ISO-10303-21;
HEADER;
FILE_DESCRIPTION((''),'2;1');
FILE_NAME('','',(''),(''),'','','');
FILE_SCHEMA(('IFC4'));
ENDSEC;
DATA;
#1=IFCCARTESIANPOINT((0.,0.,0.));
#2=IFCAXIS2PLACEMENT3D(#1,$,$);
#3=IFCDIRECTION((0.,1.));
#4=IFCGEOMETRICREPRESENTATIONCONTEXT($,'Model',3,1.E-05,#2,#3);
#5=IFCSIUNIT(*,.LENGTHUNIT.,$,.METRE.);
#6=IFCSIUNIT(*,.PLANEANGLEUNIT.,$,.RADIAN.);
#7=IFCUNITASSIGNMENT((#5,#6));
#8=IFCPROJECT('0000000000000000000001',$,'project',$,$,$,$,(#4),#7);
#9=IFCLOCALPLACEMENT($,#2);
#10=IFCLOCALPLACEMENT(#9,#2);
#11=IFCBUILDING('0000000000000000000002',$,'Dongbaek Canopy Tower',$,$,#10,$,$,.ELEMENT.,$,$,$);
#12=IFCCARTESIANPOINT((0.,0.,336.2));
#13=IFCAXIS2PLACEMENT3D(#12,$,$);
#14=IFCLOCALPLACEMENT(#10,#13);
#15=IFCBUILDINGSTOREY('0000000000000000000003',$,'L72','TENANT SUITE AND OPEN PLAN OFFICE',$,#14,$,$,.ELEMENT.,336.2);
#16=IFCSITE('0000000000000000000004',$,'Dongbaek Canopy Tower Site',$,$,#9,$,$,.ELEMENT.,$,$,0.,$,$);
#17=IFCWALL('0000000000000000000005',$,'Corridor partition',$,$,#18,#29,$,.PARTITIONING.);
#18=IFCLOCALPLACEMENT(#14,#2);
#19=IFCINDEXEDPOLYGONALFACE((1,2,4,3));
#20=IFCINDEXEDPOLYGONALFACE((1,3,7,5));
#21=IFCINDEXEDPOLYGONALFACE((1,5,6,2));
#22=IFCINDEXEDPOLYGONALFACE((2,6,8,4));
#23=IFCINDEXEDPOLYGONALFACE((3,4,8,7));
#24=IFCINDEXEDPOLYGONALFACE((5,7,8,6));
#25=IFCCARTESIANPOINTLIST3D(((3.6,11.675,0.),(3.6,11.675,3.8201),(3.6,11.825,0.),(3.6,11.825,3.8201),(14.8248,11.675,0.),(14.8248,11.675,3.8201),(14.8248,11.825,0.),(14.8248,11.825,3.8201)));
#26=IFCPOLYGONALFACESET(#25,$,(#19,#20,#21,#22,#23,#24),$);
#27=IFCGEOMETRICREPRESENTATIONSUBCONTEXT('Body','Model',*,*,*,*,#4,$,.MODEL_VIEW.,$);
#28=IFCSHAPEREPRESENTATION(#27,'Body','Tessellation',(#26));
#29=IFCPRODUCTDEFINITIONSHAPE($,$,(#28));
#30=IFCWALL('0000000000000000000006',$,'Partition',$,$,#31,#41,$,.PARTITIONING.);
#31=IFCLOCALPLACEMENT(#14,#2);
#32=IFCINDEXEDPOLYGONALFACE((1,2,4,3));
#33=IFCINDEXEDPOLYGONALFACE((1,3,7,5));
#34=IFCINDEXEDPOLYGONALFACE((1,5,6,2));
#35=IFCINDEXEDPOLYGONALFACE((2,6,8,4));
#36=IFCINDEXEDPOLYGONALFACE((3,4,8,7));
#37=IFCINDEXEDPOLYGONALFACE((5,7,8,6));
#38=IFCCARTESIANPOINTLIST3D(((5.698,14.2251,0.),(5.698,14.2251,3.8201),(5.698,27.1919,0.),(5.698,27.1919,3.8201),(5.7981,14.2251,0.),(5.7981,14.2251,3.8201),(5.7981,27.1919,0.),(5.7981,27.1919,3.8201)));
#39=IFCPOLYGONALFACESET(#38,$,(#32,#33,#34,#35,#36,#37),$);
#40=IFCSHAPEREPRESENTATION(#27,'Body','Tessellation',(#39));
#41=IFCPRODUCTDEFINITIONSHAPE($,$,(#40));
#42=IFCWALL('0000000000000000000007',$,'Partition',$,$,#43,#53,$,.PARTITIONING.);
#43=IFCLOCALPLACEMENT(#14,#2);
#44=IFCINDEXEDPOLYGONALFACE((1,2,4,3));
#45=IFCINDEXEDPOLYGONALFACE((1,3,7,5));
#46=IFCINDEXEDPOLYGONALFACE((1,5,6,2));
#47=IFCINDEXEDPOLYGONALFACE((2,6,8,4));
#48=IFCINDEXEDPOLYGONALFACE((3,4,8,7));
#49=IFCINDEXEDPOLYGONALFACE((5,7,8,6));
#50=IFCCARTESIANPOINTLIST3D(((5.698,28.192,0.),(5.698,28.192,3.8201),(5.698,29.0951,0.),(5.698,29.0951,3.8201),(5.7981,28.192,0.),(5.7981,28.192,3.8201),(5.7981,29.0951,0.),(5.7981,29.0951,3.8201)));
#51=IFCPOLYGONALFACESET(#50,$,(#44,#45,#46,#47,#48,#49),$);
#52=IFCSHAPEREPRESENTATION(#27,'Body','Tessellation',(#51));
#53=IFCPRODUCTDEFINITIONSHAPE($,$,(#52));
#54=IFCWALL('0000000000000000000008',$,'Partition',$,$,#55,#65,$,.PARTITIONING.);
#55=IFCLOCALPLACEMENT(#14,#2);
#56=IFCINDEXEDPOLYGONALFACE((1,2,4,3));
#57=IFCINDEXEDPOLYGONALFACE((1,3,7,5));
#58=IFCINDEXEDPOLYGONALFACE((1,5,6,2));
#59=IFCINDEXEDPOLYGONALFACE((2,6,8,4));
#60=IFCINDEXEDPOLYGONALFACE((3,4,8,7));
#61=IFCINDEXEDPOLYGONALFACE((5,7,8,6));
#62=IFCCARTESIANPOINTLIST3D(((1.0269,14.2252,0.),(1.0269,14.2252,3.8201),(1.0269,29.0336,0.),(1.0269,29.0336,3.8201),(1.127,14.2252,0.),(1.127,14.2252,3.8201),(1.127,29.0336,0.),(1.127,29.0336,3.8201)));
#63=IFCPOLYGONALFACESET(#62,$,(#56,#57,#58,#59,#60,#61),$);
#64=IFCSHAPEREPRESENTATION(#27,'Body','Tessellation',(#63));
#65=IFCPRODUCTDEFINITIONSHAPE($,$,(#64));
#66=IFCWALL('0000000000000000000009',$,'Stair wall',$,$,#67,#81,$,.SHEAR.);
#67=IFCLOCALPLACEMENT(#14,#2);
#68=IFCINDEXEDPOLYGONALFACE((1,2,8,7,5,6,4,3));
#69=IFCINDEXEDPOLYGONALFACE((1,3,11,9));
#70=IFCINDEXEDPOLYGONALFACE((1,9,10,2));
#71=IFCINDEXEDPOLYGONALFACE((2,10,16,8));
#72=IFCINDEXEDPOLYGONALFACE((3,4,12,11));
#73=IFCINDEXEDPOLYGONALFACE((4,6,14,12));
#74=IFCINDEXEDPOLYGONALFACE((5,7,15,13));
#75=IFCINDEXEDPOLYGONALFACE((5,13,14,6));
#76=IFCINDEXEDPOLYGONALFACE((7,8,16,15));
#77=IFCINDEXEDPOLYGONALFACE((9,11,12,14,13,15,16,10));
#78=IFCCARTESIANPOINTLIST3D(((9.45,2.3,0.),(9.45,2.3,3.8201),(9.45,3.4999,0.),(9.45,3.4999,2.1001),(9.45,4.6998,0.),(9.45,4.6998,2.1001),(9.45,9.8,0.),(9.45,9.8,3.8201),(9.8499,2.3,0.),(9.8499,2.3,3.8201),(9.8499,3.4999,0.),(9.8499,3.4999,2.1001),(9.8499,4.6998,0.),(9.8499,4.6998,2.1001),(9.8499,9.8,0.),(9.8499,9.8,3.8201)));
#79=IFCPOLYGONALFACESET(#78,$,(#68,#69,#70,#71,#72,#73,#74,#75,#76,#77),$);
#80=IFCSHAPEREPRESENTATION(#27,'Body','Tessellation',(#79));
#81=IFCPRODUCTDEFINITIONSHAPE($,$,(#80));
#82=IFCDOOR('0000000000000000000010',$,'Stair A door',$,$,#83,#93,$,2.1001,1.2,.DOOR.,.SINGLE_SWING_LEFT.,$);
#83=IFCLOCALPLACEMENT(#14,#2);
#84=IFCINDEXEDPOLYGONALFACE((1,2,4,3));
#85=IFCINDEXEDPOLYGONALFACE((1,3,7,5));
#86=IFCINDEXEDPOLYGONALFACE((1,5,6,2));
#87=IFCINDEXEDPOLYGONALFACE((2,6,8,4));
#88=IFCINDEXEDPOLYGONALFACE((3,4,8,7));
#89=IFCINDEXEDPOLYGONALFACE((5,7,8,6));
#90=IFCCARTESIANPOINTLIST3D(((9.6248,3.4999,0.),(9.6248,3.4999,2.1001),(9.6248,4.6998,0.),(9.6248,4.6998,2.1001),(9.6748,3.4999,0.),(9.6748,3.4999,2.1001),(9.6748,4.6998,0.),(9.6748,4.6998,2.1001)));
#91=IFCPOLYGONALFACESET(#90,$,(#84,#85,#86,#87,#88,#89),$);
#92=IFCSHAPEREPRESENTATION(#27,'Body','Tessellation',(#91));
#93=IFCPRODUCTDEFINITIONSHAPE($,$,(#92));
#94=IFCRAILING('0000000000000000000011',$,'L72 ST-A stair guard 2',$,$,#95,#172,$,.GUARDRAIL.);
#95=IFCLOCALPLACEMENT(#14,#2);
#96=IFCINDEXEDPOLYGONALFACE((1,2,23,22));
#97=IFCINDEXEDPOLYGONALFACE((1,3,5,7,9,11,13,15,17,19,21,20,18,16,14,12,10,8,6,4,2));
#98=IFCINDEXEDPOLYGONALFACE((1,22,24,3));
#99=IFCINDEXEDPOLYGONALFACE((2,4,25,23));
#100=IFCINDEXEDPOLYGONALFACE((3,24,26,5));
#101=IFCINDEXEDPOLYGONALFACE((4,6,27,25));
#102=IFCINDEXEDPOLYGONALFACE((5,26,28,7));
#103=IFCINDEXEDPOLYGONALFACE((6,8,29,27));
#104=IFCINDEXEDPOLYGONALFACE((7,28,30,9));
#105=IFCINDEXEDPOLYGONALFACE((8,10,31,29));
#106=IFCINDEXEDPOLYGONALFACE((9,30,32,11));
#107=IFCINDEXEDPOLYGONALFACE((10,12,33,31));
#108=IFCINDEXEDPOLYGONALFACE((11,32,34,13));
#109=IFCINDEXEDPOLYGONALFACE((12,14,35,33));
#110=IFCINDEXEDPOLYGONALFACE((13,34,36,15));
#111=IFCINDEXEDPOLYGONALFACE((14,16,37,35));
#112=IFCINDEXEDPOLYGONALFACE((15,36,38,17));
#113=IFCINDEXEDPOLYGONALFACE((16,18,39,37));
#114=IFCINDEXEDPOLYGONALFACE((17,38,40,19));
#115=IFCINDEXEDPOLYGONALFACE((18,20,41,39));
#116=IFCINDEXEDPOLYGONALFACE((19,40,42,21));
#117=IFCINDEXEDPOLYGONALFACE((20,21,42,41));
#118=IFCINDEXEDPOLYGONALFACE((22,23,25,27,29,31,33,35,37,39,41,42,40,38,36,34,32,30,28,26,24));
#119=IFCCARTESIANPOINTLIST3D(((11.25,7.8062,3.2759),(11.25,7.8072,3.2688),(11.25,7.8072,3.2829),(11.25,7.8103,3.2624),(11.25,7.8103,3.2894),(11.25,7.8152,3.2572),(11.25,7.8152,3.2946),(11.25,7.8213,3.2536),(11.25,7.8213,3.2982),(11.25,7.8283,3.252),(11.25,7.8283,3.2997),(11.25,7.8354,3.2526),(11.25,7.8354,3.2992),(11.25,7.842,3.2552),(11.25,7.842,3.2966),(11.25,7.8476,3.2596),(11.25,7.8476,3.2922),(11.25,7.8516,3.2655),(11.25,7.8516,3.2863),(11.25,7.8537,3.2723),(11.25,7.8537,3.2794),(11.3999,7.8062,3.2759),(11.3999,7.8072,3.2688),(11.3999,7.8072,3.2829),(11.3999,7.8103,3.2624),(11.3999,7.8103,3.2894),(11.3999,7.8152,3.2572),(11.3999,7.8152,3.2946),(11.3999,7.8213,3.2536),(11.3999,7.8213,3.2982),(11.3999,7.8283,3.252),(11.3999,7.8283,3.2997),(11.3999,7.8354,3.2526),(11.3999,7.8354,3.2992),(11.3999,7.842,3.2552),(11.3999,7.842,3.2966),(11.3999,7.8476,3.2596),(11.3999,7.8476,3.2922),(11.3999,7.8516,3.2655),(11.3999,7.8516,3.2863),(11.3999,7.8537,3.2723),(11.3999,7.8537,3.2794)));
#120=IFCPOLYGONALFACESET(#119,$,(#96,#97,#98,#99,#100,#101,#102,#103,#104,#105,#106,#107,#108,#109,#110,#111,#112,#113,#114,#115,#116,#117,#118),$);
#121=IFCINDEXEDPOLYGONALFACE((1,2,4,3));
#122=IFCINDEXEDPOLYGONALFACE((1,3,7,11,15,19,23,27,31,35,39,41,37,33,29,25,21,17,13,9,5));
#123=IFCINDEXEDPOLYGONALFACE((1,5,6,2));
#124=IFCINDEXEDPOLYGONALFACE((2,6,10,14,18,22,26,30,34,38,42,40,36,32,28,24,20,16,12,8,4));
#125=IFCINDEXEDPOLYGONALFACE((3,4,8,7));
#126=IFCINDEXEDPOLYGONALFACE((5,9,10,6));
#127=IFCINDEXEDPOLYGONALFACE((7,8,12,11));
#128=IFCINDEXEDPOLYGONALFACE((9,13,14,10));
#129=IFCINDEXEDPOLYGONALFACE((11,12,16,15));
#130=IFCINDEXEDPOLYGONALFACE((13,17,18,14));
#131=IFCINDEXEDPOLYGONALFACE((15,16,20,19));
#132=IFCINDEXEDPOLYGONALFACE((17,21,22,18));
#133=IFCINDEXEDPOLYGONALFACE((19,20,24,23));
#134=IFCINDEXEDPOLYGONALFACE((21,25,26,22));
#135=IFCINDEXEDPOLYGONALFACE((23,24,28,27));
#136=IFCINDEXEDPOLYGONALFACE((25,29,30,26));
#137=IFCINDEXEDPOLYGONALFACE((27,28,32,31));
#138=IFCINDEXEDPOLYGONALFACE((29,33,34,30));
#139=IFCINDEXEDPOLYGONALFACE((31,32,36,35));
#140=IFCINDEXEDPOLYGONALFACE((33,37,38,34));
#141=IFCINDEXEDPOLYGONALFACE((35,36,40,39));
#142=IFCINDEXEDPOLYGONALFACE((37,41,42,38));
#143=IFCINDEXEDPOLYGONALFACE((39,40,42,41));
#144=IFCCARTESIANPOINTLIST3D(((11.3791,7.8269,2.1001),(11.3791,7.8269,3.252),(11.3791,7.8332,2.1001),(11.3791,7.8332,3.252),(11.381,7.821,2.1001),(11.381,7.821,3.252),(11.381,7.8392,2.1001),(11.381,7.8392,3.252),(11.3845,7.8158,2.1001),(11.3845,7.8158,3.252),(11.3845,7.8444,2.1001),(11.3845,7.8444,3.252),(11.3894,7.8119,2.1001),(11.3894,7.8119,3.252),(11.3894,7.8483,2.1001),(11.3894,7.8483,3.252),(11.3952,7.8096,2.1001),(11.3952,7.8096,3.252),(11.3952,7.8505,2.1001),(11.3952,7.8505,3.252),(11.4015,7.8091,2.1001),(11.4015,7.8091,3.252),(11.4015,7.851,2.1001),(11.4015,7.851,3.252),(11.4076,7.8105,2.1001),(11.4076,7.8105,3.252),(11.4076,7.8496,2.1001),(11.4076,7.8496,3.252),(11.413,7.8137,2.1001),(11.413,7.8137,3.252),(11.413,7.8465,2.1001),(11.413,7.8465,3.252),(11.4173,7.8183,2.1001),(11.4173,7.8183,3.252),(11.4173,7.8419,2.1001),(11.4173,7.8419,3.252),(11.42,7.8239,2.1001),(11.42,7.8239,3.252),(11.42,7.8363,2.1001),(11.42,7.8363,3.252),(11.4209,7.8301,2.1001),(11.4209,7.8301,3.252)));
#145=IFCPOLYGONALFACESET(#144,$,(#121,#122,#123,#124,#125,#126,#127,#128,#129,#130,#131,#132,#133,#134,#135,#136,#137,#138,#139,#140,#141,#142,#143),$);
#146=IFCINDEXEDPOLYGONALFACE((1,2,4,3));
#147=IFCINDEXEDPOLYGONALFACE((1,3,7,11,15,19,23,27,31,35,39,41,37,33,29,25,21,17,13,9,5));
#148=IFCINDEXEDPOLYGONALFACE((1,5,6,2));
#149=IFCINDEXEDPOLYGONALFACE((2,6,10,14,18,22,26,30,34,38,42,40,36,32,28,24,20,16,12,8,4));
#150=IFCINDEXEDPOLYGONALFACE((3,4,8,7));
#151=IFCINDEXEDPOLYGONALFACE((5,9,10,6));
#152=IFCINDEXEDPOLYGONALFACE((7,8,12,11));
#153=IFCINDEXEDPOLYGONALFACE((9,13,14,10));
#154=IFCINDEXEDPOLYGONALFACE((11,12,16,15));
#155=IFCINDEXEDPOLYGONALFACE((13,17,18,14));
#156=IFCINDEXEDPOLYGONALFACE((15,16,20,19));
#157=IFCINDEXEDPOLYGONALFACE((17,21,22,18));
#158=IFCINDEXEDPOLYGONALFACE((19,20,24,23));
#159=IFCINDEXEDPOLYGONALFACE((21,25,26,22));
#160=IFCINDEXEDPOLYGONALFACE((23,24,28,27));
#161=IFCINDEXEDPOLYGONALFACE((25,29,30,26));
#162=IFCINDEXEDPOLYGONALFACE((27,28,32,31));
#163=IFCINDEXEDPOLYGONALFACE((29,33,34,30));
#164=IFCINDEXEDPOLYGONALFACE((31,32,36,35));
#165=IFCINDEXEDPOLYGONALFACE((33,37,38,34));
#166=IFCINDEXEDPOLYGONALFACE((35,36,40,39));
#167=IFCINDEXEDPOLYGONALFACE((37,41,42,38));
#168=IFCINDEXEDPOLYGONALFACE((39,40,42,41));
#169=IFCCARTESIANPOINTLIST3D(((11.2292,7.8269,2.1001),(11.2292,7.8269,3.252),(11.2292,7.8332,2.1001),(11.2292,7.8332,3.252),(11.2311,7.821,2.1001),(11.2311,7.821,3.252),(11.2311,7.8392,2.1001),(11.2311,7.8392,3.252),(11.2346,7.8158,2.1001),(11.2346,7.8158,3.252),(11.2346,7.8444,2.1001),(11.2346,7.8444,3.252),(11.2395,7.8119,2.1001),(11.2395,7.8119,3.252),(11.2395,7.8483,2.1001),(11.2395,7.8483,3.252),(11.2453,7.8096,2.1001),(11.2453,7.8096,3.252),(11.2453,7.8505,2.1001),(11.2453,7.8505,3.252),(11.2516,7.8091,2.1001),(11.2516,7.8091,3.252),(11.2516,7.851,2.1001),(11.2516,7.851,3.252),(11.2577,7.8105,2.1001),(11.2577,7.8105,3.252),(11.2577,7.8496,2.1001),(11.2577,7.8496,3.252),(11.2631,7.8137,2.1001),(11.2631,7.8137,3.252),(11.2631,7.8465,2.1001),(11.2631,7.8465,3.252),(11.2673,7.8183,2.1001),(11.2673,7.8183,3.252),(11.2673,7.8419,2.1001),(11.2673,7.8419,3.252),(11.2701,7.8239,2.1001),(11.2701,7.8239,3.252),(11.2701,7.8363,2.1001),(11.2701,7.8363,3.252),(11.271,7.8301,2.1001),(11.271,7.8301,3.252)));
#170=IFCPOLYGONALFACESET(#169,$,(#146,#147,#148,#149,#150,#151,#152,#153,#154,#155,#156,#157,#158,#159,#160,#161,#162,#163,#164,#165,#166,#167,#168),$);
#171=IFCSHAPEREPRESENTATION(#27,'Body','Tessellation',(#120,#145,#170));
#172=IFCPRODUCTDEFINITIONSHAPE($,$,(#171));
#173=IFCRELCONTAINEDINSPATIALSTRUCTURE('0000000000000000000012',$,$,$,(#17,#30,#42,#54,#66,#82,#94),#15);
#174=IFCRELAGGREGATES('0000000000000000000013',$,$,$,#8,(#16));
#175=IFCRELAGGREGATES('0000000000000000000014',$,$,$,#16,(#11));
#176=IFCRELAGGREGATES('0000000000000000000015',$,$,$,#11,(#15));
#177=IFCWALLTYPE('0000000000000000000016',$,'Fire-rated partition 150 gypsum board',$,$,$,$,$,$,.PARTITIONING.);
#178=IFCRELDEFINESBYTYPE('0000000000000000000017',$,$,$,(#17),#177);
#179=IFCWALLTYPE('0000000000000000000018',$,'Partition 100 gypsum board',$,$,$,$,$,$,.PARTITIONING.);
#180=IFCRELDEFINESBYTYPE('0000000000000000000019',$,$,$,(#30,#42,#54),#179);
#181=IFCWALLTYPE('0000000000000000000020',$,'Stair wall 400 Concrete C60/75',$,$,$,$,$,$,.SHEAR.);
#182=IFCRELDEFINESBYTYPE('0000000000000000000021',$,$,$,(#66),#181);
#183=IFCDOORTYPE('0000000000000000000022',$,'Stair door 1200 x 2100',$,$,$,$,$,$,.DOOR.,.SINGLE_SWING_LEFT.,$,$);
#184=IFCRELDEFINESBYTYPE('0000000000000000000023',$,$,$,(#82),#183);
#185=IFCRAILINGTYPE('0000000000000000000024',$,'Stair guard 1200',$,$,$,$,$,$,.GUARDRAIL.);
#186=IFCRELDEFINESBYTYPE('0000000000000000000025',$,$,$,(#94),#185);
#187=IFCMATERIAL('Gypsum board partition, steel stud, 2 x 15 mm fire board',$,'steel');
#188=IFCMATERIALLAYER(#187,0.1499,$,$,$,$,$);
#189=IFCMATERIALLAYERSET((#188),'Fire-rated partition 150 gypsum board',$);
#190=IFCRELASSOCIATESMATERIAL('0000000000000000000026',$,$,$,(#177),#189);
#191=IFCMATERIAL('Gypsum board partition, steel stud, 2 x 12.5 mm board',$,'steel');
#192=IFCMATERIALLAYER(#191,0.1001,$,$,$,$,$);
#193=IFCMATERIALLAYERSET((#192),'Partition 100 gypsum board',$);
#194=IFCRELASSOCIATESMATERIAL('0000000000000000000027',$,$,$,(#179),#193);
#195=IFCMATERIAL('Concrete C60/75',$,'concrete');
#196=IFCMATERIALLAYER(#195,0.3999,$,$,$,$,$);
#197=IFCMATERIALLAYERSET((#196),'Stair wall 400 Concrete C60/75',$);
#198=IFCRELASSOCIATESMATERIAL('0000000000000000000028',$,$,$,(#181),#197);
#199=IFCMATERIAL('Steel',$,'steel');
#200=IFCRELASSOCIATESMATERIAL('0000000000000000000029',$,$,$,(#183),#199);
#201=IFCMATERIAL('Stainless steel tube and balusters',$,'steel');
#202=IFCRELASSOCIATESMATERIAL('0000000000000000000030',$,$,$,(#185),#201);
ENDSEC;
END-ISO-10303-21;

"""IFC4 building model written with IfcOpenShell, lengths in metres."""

from ifc_helpers import new_model, si_unit, direction, frame, frame_2d, origin, origin_2d, place, context, subcontext, project, spatial, rectangle, circle, extrude, material, layer, layer_set, type_object, element, fill, save


model = new_model("IFC4")

# Units and contexts
model_context = context("Model", 3, precision=1e-05, world=origin(), true_north=direction((0.0, 1.0)))
body_context = subcontext(model_context, "Body", "Model", "MODEL_VIEW")
ifc_project = project(units=[si_unit("LENGTHUNIT", "METRE"), si_unit("PLANEANGLEUNIT", "RADIAN")], contexts=[model_context])

# Site, building, storey
site_placement = place(None, origin())
site = spatial("IfcSite", under=ifc_project, at=site_placement, Name="Dongbaek Canopy Tower Site", CompositionType="ELEMENT", RefElevation=0.0)
building_placement = place(site_placement, origin())
building = spatial("IfcBuilding", under=site, at=building_placement, Name="Dongbaek Canopy Tower", CompositionType="ELEMENT")
storey_placement = place(building_placement, frame((0.0, 0.0, 336.2)))
storey = spatial("IfcBuildingStorey", under=building, at=storey_placement, Name="L72", Description="TENANT SUITE AND OPEN PLAN OFFICE", CompositionType="ELEMENT", Elevation=336.2)

# Walls
ifc_material_1 = material(Name="Gypsum board partition, steel stud, 2 x 15 mm fire board", Category="steel")
ifc_layer_1 = layer(ifc_material_1, 0.1499)
ifc_layer_set_1 = layer_set([ifc_layer_1], Name="Fire-rated partition 150 gypsum board")
wall_type_1 = type_object("IfcWallType", Name="Fire-rated partition 150 gypsum board", PredefinedType="PARTITIONING", material=ifc_layer_set_1)
wall_1_placement = place(storey_placement, frame((3.6001, 11.75, 0.0), z_axis=(0.0, 0.0, 1.0), x_axis=(1.0, 0.0, 0.0)))
element("IfcWall", 1, at=wall_1_placement, inside=storey, type_object=wall_type_1, Name="Corridor partition", PredefinedType="PARTITIONING", context=body_context, shape_type="SweptSolid", body=[
    extrude(rectangle(XDim=11.2249, YDim=0.1499, at=frame_2d((5.6123, 0.0))), origin(), (0.0, 0.0, 1.0), 3.8201),
])
ifc_material_2 = material(Name="Gypsum board partition, steel stud, 2 x 12.5 mm board", Category="steel")
ifc_layer_2 = layer(ifc_material_2, 0.1001)
ifc_layer_set_2 = layer_set([ifc_layer_2], Name="Partition 100 gypsum board")
wall_type_2 = type_object("IfcWallType", Name="Partition 100 gypsum board", PredefinedType="PARTITIONING", material=ifc_layer_set_2)
wall_2_placement = place(storey_placement, frame((5.748, 14.2251, 0.0), z_axis=(0.0, 0.0, 1.0), x_axis=(0.0, 1.0, 0.0)))
element("IfcWall", 2, at=wall_2_placement, inside=storey, type_object=wall_type_2, Name="Partition", PredefinedType="PARTITIONING", context=body_context, shape_type="SweptSolid", body=[
    extrude(rectangle(XDim=12.9668, YDim=0.1001, at=frame_2d((6.4834, 0.0))), origin(), (0.0, 0.0, 1.0), 3.8201),
])
wall_3_placement = place(storey_placement, frame((5.748, 28.1919, 0.0), z_axis=(0.0, 0.0, 1.0), x_axis=(0.0, 1.0, 0.0)))
element("IfcWall", 3, at=wall_3_placement, inside=storey, type_object=wall_type_2, Name="Partition", PredefinedType="PARTITIONING", context=body_context, shape_type="SweptSolid", body=[
    extrude(rectangle(XDim=0.9031, YDim=0.1001, at=frame_2d((0.4517, 0.0))), origin(), (0.0, 0.0, 1.0), 3.8201),
])
wall_4_placement = place(storey_placement, frame((1.0769, 14.2251, 0.0), z_axis=(0.0, 0.0, 1.0), x_axis=(0.0, 1.0, 0.0)))
element("IfcWall", 4, at=wall_4_placement, inside=storey, type_object=wall_type_2, Name="Partition", PredefinedType="PARTITIONING", context=body_context, shape_type="SweptSolid", body=[
    extrude(rectangle(XDim=14.8083, YDim=0.1001, at=frame_2d((7.4043, 0.0))), origin(), (0.0, 0.0, 1.0), 3.8201),
])

# Wall, opening, door
ifc_material_3 = material(Name="Concrete C60/75", Category="concrete")
ifc_layer_3 = layer(ifc_material_3, 0.3999)
ifc_layer_set_3 = layer_set([ifc_layer_3], Name="Stair wall 400 Concrete C60/75")
wall_type_3 = type_object("IfcWallType", Name="Stair wall 400 Concrete C60/75", PredefinedType="SHEAR", material=ifc_layer_set_3)
wall_5_placement = place(storey_placement, frame((9.6499, 9.8, 0.0), z_axis=(0.0, 0.0, 1.0), x_axis=(0.0, -1.0, 0.0)))
wall_5 = element("IfcWall", 5, at=wall_5_placement, inside=storey, type_object=wall_type_3, Name="Stair wall", PredefinedType="SHEAR", context=body_context, shape_type="SweptSolid", body=[
    extrude(rectangle(XDim=7.5, YDim=0.3999, at=frame_2d((3.75, 0.0))), origin(), (0.0, 0.0, 1.0), 3.8201),
])
opening_1_placement = place(wall_5_placement, frame((5.1001, 0.0, 0.0)))
opening_1 = element("IfcOpeningElement", 6, at=opening_1_placement, cuts=wall_5, PredefinedType="OPENING", context=body_context, shape_type="SweptSolid", body=[
    extrude(rectangle(XDim=1.2, YDim=2.1001, at=frame_2d((0.6001, 1.05))), frame((0.0, 0.21, 0.0), z_axis=(0.0, -1.0, 0.0), x_axis=(1.0, 0.0, 0.0)), (0.0, 0.0, 1.0), 0.4199),
])
ifc_material_4 = material(Name="Steel", Category="steel")
door_type_1 = type_object("IfcDoorType", Name="Stair door 1200 x 2100", OperationType="SINGLE_SWING_LEFT", PredefinedType="DOOR", material=ifc_material_4)
door_1_placement = place(opening_1_placement, origin())
door_1 = element("IfcDoor", 7, at=door_1_placement, inside=storey, type_object=door_type_1, Name="Stair A door", OperationType="SINGLE_SWING_LEFT", OverallHeight=2.1001, OverallWidth=1.2, PredefinedType="DOOR", context=body_context, shape_type="SweptSolid", body=[
    extrude(rectangle(XDim=1.2, YDim=2.1001, at=frame_2d((0.6001, 1.05))), frame((0.0, 0.0249, 0.0), z_axis=(0.0, -1.0, 0.0), x_axis=(1.0, 0.0, 0.0)), (0.0, 0.0, 1.0), 0.05),
])
fill(opening_1, door_1)

# Railing
ifc_material_5 = material(Name="Stainless steel tube and balusters", Category="steel")
railing_type_1 = type_object("IfcRailingType", Name="Stair guard 1200", PredefinedType="GUARDRAIL", material=ifc_material_5)
railing_1_placement = place(storey_placement, frame((11.3999, 7.8301, 2.1001)))
element("IfcRailing", 8, at=railing_1_placement, inside=storey, type_object=railing_type_1, Name="L72 ST-A stair guard 2", PredefinedType="GUARDRAIL", context=body_context, shape_type="SweptSolid", body=[
    extrude(circle(Radius=0.0239, at=origin_2d()), frame((0.0, 0.0, 1.1758), z_axis=(-1.0, 0.0, 0.0), x_axis=(0.0, -1.0, 0.0)), (0.0, 0.0, 1.0), 0.1499),
    extrude(circle(Radius=0.021, at=origin_2d()), origin(), (0.0, 0.0, 1.0), 1.1519),
    extrude(circle(Radius=0.021, at=origin_2d()), frame((-0.1499, 0.0, 0.0)), (0.0, 0.0, 1.0), 1.1519),
])

save(model, "model.ifc")
